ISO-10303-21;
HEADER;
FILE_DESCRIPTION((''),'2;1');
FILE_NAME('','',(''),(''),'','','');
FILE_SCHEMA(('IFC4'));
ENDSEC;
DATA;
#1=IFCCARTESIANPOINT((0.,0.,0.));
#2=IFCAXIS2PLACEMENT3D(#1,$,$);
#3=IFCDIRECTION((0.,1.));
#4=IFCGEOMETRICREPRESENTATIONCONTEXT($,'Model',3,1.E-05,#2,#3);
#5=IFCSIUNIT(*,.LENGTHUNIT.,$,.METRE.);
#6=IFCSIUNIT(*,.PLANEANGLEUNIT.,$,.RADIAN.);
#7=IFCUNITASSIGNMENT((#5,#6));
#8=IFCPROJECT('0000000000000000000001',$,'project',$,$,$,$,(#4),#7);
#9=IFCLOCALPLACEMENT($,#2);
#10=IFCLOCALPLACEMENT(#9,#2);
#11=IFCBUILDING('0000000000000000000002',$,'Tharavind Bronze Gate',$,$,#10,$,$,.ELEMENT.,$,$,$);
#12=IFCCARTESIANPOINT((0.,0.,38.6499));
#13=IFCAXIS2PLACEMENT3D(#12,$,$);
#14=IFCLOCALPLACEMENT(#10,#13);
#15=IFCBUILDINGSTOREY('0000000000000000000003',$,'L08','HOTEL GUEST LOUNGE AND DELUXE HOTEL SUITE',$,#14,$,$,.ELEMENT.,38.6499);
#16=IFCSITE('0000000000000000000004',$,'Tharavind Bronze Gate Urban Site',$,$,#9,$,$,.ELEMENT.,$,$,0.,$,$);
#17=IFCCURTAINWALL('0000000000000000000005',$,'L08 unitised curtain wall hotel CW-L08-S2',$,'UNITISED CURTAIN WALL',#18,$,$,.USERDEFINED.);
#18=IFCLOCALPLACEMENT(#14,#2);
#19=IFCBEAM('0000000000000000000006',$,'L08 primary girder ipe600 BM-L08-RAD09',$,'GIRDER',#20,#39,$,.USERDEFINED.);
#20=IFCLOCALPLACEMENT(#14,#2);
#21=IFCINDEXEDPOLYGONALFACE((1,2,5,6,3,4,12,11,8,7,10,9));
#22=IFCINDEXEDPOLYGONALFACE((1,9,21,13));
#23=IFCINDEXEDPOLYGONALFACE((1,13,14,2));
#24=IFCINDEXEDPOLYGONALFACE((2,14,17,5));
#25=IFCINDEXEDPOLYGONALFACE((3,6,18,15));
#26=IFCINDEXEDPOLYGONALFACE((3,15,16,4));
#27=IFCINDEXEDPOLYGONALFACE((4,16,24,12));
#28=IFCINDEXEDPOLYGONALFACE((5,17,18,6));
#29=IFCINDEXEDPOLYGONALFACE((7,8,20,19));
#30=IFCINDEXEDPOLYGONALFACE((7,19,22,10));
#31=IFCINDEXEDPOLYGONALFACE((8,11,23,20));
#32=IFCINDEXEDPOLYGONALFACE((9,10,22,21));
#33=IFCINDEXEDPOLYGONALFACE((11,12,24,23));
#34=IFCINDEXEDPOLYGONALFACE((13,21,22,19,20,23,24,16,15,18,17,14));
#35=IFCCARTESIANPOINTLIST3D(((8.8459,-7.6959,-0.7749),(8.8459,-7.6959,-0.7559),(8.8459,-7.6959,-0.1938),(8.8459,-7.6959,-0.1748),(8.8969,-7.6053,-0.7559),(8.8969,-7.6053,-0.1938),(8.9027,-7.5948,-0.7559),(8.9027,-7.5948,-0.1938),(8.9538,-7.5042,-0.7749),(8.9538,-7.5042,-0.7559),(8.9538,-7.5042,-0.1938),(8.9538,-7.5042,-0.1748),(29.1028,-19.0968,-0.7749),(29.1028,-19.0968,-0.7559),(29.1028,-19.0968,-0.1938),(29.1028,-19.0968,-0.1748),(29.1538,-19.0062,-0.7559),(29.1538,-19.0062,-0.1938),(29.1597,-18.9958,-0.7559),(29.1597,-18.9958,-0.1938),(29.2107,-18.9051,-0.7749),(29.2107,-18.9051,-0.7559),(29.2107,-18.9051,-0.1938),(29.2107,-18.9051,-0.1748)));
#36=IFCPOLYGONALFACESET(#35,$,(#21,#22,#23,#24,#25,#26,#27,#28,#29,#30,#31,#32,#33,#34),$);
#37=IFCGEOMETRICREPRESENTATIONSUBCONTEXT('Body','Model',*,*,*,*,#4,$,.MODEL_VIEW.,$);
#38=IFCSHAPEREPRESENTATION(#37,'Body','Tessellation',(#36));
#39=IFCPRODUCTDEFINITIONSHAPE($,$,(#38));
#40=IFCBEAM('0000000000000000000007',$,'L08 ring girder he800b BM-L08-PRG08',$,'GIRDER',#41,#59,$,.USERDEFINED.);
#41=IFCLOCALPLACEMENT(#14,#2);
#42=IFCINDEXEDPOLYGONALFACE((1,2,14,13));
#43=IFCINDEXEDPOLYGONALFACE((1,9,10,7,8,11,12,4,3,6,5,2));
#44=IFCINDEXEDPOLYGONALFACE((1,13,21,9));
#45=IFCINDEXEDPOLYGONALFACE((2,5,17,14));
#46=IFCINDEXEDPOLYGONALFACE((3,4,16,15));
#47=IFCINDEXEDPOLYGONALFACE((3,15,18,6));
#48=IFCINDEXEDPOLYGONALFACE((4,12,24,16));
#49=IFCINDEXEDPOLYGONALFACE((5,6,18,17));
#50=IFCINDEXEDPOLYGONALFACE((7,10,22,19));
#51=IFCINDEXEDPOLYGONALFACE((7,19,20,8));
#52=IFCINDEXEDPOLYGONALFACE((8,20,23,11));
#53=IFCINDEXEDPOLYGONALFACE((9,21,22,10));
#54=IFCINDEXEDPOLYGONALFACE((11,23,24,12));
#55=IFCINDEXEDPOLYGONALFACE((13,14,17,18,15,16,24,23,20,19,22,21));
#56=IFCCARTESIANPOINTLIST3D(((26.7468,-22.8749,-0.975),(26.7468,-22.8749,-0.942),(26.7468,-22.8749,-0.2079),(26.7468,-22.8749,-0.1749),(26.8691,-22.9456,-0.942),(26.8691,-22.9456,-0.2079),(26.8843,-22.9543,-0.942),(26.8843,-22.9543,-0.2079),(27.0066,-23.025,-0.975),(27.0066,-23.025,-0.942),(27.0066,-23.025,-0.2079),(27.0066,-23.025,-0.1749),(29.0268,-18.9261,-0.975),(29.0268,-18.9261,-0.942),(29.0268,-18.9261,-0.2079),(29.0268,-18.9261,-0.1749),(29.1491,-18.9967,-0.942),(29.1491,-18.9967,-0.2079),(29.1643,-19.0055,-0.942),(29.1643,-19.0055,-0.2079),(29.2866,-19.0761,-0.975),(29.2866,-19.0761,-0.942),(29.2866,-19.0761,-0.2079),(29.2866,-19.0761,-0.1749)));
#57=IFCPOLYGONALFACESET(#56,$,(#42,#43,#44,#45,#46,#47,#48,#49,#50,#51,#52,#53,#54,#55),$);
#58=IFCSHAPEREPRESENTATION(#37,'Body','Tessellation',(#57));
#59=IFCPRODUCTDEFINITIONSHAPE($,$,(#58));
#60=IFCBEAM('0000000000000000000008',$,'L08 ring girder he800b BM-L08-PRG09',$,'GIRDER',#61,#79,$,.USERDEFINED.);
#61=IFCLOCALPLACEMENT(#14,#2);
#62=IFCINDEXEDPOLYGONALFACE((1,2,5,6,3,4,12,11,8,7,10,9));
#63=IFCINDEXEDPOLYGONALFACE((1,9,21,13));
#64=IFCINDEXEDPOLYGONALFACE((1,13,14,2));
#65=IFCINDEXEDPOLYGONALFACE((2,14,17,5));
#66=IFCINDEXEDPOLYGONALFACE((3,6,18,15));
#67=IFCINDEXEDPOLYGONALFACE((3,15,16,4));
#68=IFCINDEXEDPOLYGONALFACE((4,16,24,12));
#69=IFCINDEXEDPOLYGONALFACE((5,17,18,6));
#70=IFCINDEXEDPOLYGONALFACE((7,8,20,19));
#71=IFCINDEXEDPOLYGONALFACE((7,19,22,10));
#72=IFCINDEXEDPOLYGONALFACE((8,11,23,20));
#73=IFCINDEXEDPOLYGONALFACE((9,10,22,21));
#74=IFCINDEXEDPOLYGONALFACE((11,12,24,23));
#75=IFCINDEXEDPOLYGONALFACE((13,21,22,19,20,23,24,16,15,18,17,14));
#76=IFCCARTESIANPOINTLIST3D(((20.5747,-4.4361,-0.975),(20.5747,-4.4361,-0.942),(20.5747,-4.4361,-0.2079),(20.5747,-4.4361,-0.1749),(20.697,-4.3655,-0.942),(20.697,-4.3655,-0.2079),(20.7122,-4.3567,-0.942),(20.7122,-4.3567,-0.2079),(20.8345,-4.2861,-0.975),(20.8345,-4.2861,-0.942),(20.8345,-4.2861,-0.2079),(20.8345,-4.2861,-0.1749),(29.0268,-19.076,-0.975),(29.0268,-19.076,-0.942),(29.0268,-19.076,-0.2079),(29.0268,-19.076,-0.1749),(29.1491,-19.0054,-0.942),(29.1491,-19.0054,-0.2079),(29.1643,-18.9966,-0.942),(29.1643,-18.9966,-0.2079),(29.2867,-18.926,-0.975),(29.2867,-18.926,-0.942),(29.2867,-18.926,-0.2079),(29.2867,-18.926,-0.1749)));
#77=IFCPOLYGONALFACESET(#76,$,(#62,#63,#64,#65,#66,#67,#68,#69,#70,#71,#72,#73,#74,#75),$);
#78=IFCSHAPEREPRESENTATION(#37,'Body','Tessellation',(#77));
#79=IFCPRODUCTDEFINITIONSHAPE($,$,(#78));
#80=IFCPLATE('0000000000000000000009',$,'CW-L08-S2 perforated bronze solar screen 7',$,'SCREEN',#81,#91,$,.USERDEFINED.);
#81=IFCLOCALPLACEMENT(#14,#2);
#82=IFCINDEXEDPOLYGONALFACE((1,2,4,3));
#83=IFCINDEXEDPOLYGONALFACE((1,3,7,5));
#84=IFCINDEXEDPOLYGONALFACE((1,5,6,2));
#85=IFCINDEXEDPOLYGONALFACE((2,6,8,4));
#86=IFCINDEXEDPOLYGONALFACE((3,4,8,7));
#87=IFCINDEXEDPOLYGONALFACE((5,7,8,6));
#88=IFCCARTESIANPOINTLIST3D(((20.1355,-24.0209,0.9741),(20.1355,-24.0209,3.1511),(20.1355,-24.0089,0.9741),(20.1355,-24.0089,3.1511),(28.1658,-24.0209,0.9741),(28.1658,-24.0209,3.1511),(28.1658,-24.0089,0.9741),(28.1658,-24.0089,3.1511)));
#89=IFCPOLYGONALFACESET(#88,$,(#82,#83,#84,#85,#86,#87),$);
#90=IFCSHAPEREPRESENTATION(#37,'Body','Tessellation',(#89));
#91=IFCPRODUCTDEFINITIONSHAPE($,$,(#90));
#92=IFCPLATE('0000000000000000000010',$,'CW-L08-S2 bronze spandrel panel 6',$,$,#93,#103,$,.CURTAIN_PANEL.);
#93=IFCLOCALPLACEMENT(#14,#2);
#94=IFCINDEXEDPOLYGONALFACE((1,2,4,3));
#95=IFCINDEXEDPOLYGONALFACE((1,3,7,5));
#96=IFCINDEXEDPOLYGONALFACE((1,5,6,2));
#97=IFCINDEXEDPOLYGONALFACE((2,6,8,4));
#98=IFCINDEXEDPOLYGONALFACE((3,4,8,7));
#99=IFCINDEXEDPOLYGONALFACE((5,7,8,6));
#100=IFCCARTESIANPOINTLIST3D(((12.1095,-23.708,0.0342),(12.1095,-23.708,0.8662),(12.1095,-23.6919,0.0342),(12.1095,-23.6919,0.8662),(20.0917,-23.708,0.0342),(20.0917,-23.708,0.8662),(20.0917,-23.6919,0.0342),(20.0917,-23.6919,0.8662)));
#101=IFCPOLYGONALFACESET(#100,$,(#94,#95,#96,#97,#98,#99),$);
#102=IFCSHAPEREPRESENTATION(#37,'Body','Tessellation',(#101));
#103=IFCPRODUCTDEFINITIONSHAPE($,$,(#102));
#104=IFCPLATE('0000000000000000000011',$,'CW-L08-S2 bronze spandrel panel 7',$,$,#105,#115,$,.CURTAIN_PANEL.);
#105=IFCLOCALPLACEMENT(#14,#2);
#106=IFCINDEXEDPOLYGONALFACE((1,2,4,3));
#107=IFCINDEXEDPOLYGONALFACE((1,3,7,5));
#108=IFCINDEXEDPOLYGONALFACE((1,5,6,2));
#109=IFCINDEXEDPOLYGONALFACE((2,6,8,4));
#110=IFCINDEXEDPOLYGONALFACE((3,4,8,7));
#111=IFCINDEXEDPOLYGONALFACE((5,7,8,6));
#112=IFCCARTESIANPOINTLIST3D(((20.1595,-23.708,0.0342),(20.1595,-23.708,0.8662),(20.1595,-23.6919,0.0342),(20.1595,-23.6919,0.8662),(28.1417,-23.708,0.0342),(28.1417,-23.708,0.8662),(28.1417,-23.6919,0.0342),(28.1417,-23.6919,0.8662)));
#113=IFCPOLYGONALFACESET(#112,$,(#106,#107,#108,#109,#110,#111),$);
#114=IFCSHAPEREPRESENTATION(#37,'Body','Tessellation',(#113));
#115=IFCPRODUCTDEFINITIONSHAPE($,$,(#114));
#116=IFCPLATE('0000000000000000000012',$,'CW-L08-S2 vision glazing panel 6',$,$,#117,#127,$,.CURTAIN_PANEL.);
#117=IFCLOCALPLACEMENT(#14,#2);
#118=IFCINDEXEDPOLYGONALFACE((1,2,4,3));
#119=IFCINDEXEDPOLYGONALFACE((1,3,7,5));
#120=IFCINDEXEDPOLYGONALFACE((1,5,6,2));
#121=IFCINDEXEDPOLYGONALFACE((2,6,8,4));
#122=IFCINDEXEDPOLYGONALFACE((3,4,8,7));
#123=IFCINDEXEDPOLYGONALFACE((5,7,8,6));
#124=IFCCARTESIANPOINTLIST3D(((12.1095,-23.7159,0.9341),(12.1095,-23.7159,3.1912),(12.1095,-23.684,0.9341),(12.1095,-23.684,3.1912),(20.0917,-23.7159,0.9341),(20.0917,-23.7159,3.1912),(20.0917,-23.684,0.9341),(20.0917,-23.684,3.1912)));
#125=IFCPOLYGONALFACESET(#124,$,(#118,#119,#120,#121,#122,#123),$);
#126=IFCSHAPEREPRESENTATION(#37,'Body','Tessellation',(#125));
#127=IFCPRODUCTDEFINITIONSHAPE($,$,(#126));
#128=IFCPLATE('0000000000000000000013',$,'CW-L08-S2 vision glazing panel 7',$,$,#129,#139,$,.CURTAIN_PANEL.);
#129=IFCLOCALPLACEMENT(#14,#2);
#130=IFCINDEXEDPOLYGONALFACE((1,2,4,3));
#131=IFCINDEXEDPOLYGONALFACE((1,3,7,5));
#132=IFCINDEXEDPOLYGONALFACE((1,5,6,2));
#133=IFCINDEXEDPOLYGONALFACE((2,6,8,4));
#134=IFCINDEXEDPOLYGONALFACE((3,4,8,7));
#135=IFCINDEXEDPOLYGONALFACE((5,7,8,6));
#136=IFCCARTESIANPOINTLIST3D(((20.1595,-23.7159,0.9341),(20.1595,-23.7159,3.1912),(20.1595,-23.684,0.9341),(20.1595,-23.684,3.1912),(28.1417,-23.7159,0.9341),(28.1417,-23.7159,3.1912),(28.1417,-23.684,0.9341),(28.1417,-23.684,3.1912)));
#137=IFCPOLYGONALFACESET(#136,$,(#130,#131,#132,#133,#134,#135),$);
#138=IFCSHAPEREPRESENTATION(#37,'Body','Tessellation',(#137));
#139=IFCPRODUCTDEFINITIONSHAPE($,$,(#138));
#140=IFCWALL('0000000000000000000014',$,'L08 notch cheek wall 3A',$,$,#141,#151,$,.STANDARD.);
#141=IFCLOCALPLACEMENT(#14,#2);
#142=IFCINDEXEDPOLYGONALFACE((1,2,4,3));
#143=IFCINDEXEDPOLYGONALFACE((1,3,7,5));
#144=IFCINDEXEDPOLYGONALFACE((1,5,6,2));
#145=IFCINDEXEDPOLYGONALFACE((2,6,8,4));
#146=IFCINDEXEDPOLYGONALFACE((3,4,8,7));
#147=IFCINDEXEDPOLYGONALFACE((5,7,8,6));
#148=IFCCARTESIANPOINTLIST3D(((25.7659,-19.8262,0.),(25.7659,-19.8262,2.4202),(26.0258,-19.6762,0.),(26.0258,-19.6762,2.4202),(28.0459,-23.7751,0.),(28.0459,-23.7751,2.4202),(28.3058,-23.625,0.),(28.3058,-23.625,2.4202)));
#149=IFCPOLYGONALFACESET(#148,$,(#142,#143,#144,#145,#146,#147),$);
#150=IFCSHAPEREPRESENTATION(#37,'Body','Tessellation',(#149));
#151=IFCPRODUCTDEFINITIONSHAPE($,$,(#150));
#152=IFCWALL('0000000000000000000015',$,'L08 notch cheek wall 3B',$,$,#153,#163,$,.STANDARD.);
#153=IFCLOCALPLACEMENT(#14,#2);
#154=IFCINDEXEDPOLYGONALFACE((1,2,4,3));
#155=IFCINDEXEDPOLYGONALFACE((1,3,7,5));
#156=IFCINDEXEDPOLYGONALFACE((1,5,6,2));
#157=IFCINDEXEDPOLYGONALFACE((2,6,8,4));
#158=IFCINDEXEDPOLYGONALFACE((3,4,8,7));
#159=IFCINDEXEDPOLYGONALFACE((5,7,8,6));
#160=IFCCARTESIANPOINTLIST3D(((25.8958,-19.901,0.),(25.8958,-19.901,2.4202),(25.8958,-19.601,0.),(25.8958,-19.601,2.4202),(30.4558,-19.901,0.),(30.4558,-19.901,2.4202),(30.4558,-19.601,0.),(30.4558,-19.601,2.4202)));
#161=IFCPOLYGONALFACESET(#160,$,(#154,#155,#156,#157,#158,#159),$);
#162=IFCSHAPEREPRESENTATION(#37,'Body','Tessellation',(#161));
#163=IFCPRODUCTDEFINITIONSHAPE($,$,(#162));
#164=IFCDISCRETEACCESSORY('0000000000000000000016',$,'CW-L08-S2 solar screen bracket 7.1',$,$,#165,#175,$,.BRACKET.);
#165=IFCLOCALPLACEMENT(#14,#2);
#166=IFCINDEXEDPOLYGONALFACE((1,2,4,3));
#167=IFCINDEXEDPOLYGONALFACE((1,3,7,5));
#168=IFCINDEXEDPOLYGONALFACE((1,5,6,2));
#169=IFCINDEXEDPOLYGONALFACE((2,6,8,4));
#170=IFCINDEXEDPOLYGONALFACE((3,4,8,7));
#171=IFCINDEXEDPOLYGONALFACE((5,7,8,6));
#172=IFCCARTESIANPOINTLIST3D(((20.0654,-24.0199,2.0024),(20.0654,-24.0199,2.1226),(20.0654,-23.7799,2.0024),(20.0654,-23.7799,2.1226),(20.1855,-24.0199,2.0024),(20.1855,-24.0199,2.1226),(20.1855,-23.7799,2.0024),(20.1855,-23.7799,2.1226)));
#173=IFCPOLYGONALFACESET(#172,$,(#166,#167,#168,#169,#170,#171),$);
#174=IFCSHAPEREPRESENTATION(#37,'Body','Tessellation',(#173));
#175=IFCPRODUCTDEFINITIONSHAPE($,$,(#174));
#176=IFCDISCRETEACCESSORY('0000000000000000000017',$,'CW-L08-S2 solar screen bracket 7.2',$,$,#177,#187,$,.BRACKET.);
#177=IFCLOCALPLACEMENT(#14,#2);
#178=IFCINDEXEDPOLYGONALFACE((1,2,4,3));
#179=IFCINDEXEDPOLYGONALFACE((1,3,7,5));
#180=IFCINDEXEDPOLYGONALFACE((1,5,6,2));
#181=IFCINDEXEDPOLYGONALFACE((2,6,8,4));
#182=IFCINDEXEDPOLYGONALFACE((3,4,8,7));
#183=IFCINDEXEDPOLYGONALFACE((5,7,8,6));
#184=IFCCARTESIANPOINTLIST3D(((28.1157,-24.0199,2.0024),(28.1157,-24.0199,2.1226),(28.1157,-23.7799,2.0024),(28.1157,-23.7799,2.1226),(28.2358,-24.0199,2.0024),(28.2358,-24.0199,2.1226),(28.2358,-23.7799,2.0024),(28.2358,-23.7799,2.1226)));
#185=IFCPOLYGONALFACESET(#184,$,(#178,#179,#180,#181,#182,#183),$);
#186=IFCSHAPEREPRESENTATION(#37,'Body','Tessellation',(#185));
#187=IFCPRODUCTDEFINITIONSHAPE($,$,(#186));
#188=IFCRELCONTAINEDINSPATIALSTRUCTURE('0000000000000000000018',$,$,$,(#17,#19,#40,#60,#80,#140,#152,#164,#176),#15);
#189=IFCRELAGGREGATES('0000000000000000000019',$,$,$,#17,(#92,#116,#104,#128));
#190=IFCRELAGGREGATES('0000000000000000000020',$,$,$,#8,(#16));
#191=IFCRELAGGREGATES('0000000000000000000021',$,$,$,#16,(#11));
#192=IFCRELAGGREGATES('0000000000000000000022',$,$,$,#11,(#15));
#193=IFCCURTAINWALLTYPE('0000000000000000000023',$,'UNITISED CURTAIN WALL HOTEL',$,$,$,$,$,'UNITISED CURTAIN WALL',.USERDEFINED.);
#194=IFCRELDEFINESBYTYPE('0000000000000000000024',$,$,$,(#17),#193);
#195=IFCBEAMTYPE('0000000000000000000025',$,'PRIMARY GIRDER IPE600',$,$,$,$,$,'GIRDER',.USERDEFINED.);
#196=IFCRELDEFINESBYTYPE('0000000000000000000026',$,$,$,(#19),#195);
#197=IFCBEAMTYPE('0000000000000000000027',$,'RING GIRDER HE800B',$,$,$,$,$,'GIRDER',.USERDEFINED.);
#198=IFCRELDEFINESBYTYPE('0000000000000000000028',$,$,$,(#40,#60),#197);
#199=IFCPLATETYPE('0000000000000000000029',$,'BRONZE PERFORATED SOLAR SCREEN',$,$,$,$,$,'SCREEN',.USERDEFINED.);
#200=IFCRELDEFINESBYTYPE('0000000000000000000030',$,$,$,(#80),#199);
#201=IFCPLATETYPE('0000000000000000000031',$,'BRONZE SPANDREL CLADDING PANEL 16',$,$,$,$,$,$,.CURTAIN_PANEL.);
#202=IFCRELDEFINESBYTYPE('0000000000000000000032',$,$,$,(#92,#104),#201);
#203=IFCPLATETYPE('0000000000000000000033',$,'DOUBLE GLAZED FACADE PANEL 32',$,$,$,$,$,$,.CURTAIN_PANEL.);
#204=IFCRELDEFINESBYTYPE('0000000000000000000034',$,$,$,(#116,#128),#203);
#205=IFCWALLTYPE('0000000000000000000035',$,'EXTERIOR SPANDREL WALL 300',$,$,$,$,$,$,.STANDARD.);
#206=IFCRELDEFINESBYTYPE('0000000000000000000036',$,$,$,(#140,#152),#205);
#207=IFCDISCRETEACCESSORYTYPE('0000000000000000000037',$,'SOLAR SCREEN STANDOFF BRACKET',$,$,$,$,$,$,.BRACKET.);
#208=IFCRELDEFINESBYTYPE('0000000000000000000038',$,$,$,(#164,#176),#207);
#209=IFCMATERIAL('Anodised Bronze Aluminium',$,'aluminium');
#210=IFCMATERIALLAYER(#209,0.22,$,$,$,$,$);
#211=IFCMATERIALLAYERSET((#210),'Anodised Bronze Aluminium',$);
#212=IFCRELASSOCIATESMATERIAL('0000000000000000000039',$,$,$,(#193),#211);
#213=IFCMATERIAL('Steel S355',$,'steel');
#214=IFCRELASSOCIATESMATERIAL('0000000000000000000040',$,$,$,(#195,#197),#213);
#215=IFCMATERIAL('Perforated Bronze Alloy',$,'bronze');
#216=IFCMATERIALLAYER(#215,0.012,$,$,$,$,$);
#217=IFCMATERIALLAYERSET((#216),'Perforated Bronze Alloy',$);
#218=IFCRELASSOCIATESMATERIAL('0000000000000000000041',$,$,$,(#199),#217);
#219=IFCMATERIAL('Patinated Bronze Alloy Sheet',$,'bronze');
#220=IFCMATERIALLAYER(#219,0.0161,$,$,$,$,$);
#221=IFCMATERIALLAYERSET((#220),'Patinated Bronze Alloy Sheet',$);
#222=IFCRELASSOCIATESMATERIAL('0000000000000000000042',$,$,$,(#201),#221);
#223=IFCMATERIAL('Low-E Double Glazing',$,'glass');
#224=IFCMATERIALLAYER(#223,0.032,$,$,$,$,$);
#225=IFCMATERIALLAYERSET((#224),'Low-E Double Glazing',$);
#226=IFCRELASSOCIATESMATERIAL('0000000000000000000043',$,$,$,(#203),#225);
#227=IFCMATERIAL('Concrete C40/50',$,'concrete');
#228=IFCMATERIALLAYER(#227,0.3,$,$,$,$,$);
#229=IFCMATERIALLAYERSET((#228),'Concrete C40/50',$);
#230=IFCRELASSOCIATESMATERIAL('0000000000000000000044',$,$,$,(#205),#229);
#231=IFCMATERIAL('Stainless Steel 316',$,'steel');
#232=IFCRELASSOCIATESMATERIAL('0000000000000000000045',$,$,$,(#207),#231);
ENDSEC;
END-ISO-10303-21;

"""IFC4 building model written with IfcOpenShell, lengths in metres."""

from ifc_helpers import new_model, si_unit, direction, frame, frame_2d, origin, origin_2d, place, context, subcontext, project, spatial, rectangle, i_section, extrude, material, layer, layer_set, material_profile, profile_set, type_object, element, aggregate, save


model = new_model("IFC4")

# Units and contexts
model_context = context("Model", 3, precision=1e-05, world=origin(), true_north=direction((0.0, 1.0)))
body_context = subcontext(model_context, "Body", "Model", "MODEL_VIEW")
ifc_project = project(units=[si_unit("LENGTHUNIT", "METRE"), si_unit("PLANEANGLEUNIT", "RADIAN")], contexts=[model_context])

# Site, building, storey
site_placement = place(None, origin())
site = spatial("IfcSite", under=ifc_project, at=site_placement, Name="Tharavind Bronze Gate Urban Site", CompositionType="ELEMENT", RefElevation=0.0)
building_placement = place(site_placement, origin())
building = spatial("IfcBuilding", under=site, at=building_placement, Name="Tharavind Bronze Gate", CompositionType="ELEMENT")
storey_placement = place(building_placement, frame((0.0, 0.0, 38.6499)))
storey = spatial("IfcBuildingStorey", under=building, at=storey_placement, Name="L08", Description="HOTEL GUEST LOUNGE AND DELUXE HOTEL SUITE", CompositionType="ELEMENT", Elevation=38.6499)

# Curtain wall
ifc_material_1 = material(Name="Anodised Bronze Aluminium", Category="aluminium")
ifc_layer_1 = layer(ifc_material_1, 0.22)
ifc_layer_set_1 = layer_set([ifc_layer_1], Name="Anodised Bronze Aluminium")
curtain_wall_type = type_object("IfcCurtainWallType", Name="UNITISED CURTAIN WALL HOTEL", ElementType="UNITISED CURTAIN WALL", PredefinedType="USERDEFINED", material=ifc_layer_set_1)
curtain_wall_1_placement = place(storey_placement, origin())
curtain_wall_1 = element("IfcCurtainWall", 1, at=curtain_wall_1_placement, inside=storey, type_object=curtain_wall_type, Name="L08 unitised curtain wall hotel CW-L08-S2", ObjectType="UNITISED CURTAIN WALL", PredefinedType="USERDEFINED")

# Beams
ifc_material_2 = material(Name="Steel S355", Category="steel")
ifc_material_profile_1 = material_profile(ifc_material_2, i_section(OverallWidth=0.22, OverallDepth=0.6001, WebThickness=0.012, FlangeThickness=0.019, at=origin_2d()), Name="IPE600")
ifc_profile_set_1 = profile_set([ifc_material_profile_1], Name="Steel S355")
beam_type_1 = type_object("IfcBeamType", Name="PRIMARY GIRDER IPE600", ElementType="GIRDER", PredefinedType="USERDEFINED", material=ifc_profile_set_1)
beam_1_placement = place(storey_placement, frame((29.1567, -19.001, -0.4749), z_axis=(-0.871458, 0.490471, 0.0), x_axis=(-0.490471, -0.871458, 0.0)))
element("IfcBeam", 2, at=beam_1_placement, inside=storey, type_object=beam_type_1, Name="L08 primary girder ipe600 BM-L08-RAD09", ObjectType="GIRDER", PredefinedType="USERDEFINED", context=body_context, shape_type="SweptSolid", body=[
    extrude(i_section(OverallWidth=0.22, OverallDepth=0.6001, WebThickness=0.012, FlangeThickness=0.019, at=origin_2d()), origin(), (0.0, 0.0, 1.0), 23.2449),
])
ifc_material_profile_2 = material_profile(ifc_material_2, i_section(OverallWidth=0.3, OverallDepth=0.8, WebThickness=0.0176, FlangeThickness=0.033, at=origin_2d()), Name="HE800B")
ifc_profile_set_2 = profile_set([ifc_material_profile_2], Name="Steel S355")
beam_type_2 = type_object("IfcBeamType", Name="RING GIRDER HE800B", ElementType="GIRDER", PredefinedType="USERDEFINED", material=ifc_profile_set_2)
beam_2_placement = place(storey_placement, frame((26.8767, -22.95, -0.575), z_axis=(0.500014, 0.866017, 0.0), x_axis=(-0.866017, 0.500014, 0.0)))
element("IfcBeam", 3, at=beam_2_placement, inside=storey, type_object=beam_type_2, Name="L08 ring girder he800b BM-L08-PRG08", ObjectType="GIRDER", PredefinedType="USERDEFINED", context=body_context, shape_type="SweptSolid", body=[
    extrude(i_section(OverallWidth=0.3, OverallDepth=0.8, WebThickness=0.0176, FlangeThickness=0.033, at=origin_2d()), origin(), (0.0, 0.0, 1.0), 4.5598),
])
beam_3_placement = place(storey_placement, frame((29.1567, -19.001, -0.575), z_axis=(-0.499991, 0.86603, 0.0), x_axis=(-0.86603, -0.499991, 0.0)))
element("IfcBeam", 4, at=beam_3_placement, inside=storey, type_object=beam_type_2, Name="L08 ring girder he800b BM-L08-PRG09", ObjectType="GIRDER", PredefinedType="USERDEFINED", context=body_context, shape_type="SweptSolid", body=[
    extrude(i_section(OverallWidth=0.3, OverallDepth=0.8, WebThickness=0.0176, FlangeThickness=0.033, at=origin_2d()), origin(), (0.0, 0.0, 1.0), 16.9045),
])

# Plates
ifc_material_3 = material(Name="Perforated Bronze Alloy", Category="bronze")
ifc_layer_2 = layer(ifc_material_3, 0.012)
ifc_layer_set_2 = layer_set([ifc_layer_2], Name="Perforated Bronze Alloy")
plate_type_1 = type_object("IfcPlateType", Name="BRONZE PERFORATED SOLAR SCREEN", ElementType="SCREEN", PredefinedType="USERDEFINED", material=ifc_layer_set_2)
plate_1_placement = place(storey_placement, frame((24.1506, -24.0149, 0.9741), z_axis=(0.0, 0.0, 1.0), x_axis=(1.0, 0.0, 0.0)))
element("IfcPlate", 5, at=plate_1_placement, inside=storey, type_object=plate_type_1, Name="CW-L08-S2 perforated bronze solar screen 7", ObjectType="SCREEN", PredefinedType="USERDEFINED", context=body_context, shape_type="SweptSolid", body=[
    extrude(rectangle(XDim=8.0303, YDim=0.012, at=origin_2d()), origin(), (0.0, 0.0, 1.0), 2.177),
])
ifc_material_4 = material(Name="Patinated Bronze Alloy Sheet", Category="bronze")
ifc_layer_3 = layer(ifc_material_4, 0.0161)
ifc_layer_set_3 = layer_set([ifc_layer_3], Name="Patinated Bronze Alloy Sheet")
plate_type_2 = type_object("IfcPlateType", Name="BRONZE SPANDREL CLADDING PANEL 16", PredefinedType="CURTAIN_PANEL", material=ifc_layer_set_3)
plate_2_placement = place(storey_placement, frame((16.1006, -23.7, 0.0342), z_axis=(0.0, 0.0, 1.0), x_axis=(1.0, 0.0, 0.0)))
plate_2 = element("IfcPlate", 6, at=plate_2_placement, type_object=plate_type_2, Name="CW-L08-S2 bronze spandrel panel 6", PredefinedType="CURTAIN_PANEL", context=body_context, shape_type="SweptSolid", body=[
    extrude(rectangle(XDim=7.9822, YDim=0.0161, at=origin_2d()), origin(), (0.0, 0.0, 1.0), 0.832),
])
plate_3_placement = place(storey_placement, frame((24.1506, -23.7, 0.0342), z_axis=(0.0, 0.0, 1.0), x_axis=(1.0, 0.0, 0.0)))
plate_3 = element("IfcPlate", 7, at=plate_3_placement, type_object=plate_type_2, Name="CW-L08-S2 bronze spandrel panel 7", PredefinedType="CURTAIN_PANEL", context=body_context, shape_type="SweptSolid", body=[
    extrude(rectangle(XDim=7.9822, YDim=0.0161, at=origin_2d()), origin(), (0.0, 0.0, 1.0), 0.832),
])
ifc_material_5 = material(Name="Low-E Double Glazing", Category="glass")
ifc_layer_4 = layer(ifc_material_5, 0.032)
ifc_layer_set_4 = layer_set([ifc_layer_4], Name="Low-E Double Glazing")
plate_type_3 = type_object("IfcPlateType", Name="DOUBLE GLAZED FACADE PANEL 32", PredefinedType="CURTAIN_PANEL", material=ifc_layer_set_4)
plate_4_placement = place(storey_placement, frame((16.1006, -23.7, 0.9341), z_axis=(0.0, 0.0, 1.0), x_axis=(1.0, 0.0, 0.0)))
plate_4 = element("IfcPlate", 8, at=plate_4_placement, type_object=plate_type_3, Name="CW-L08-S2 vision glazing panel 6", PredefinedType="CURTAIN_PANEL", context=body_context, shape_type="SweptSolid", body=[
    extrude(rectangle(XDim=7.9822, YDim=0.032, at=origin_2d()), origin(), (0.0, 0.0, 1.0), 2.2571),
])
plate_5_placement = place(storey_placement, frame((24.1506, -23.7, 0.9341), z_axis=(0.0, 0.0, 1.0), x_axis=(1.0, 0.0, 0.0)))
plate_5 = element("IfcPlate", 9, at=plate_5_placement, type_object=plate_type_3, Name="CW-L08-S2 vision glazing panel 7", PredefinedType="CURTAIN_PANEL", context=body_context, shape_type="SweptSolid", body=[
    extrude(rectangle(XDim=7.9822, YDim=0.032, at=origin_2d()), origin(), (0.0, 0.0, 1.0), 2.2571),
])
aggregate(curtain_wall_1, [plate_2, plate_4, plate_3, plate_5])

# Walls
ifc_material_6 = material(Name="Concrete C40/50", Category="concrete")
ifc_layer_5 = layer(ifc_material_6, 0.3)
ifc_layer_set_5 = layer_set([ifc_layer_5], Name="Concrete C40/50")
wall_type = type_object("IfcWallType", Name="EXTERIOR SPANDREL WALL 300", PredefinedType="STANDARD", material=ifc_layer_set_5)
wall_1_placement = place(storey_placement, frame((28.1758, -23.7, 0.0), z_axis=(0.0, 0.0, 1.0), x_axis=(-0.500014, 0.866017, 0.0)))
element("IfcWall", 10, at=wall_1_placement, inside=storey, type_object=wall_type, Name="L08 notch cheek wall 3A", PredefinedType="STANDARD", context=body_context, shape_type="SweptSolid", body=[
    extrude(rectangle(XDim=4.5598, YDim=0.3, at=frame_2d((2.2798, 0.0))), origin(), (0.0, 0.0, 1.0), 2.4202),
])
wall_2_placement = place(storey_placement, frame((25.8958, -19.751, 0.0), z_axis=(0.0, 0.0, 1.0), x_axis=(1.0, 0.0, 0.0)))
element("IfcWall", 11, at=wall_2_placement, inside=storey, type_object=wall_type, Name="L08 notch cheek wall 3B", PredefinedType="STANDARD", context=body_context, shape_type="SweptSolid", body=[
    extrude(rectangle(XDim=4.5601, YDim=0.3, at=frame_2d((2.28, 0.0))), origin(), (0.0, 0.0, 1.0), 2.4202),
])

# Discrete accessories
ifc_material_7 = material(Name="Stainless Steel 316", Category="steel")
discrete_accessory_type = type_object("IfcDiscreteAccessoryType", Name="SOLAR SCREEN STANDOFF BRACKET", PredefinedType="BRACKET", material=ifc_material_7)
for number, where, z_axis, x_axis, name in (
    (12, (20.1255, -23.8999, 2.0024), (0.0, 0.0, 1.0), (1.0, 0.0, 0.0), "CW-L08-S2 solar screen bracket 7.1"),
    (13, (28.1758, -23.8999, 2.0024), (0.0, 0.0, 1.0), (1.0, 0.0, 0.0), "CW-L08-S2 solar screen bracket 7.2"),
):
    element("IfcDiscreteAccessory", number, at=place(storey_placement, frame(where, z_axis=z_axis, x_axis=x_axis)), inside=storey, type_object=discrete_accessory_type, Name=name, PredefinedType="BRACKET", context=body_context, shape_type="SweptSolid", body=[
        extrude(rectangle(XDim=0.1201, YDim=0.24, at=origin_2d()), origin(), (0.0, 0.0, 1.0), 0.1201),
    ])

save(model, "model.ifc")
